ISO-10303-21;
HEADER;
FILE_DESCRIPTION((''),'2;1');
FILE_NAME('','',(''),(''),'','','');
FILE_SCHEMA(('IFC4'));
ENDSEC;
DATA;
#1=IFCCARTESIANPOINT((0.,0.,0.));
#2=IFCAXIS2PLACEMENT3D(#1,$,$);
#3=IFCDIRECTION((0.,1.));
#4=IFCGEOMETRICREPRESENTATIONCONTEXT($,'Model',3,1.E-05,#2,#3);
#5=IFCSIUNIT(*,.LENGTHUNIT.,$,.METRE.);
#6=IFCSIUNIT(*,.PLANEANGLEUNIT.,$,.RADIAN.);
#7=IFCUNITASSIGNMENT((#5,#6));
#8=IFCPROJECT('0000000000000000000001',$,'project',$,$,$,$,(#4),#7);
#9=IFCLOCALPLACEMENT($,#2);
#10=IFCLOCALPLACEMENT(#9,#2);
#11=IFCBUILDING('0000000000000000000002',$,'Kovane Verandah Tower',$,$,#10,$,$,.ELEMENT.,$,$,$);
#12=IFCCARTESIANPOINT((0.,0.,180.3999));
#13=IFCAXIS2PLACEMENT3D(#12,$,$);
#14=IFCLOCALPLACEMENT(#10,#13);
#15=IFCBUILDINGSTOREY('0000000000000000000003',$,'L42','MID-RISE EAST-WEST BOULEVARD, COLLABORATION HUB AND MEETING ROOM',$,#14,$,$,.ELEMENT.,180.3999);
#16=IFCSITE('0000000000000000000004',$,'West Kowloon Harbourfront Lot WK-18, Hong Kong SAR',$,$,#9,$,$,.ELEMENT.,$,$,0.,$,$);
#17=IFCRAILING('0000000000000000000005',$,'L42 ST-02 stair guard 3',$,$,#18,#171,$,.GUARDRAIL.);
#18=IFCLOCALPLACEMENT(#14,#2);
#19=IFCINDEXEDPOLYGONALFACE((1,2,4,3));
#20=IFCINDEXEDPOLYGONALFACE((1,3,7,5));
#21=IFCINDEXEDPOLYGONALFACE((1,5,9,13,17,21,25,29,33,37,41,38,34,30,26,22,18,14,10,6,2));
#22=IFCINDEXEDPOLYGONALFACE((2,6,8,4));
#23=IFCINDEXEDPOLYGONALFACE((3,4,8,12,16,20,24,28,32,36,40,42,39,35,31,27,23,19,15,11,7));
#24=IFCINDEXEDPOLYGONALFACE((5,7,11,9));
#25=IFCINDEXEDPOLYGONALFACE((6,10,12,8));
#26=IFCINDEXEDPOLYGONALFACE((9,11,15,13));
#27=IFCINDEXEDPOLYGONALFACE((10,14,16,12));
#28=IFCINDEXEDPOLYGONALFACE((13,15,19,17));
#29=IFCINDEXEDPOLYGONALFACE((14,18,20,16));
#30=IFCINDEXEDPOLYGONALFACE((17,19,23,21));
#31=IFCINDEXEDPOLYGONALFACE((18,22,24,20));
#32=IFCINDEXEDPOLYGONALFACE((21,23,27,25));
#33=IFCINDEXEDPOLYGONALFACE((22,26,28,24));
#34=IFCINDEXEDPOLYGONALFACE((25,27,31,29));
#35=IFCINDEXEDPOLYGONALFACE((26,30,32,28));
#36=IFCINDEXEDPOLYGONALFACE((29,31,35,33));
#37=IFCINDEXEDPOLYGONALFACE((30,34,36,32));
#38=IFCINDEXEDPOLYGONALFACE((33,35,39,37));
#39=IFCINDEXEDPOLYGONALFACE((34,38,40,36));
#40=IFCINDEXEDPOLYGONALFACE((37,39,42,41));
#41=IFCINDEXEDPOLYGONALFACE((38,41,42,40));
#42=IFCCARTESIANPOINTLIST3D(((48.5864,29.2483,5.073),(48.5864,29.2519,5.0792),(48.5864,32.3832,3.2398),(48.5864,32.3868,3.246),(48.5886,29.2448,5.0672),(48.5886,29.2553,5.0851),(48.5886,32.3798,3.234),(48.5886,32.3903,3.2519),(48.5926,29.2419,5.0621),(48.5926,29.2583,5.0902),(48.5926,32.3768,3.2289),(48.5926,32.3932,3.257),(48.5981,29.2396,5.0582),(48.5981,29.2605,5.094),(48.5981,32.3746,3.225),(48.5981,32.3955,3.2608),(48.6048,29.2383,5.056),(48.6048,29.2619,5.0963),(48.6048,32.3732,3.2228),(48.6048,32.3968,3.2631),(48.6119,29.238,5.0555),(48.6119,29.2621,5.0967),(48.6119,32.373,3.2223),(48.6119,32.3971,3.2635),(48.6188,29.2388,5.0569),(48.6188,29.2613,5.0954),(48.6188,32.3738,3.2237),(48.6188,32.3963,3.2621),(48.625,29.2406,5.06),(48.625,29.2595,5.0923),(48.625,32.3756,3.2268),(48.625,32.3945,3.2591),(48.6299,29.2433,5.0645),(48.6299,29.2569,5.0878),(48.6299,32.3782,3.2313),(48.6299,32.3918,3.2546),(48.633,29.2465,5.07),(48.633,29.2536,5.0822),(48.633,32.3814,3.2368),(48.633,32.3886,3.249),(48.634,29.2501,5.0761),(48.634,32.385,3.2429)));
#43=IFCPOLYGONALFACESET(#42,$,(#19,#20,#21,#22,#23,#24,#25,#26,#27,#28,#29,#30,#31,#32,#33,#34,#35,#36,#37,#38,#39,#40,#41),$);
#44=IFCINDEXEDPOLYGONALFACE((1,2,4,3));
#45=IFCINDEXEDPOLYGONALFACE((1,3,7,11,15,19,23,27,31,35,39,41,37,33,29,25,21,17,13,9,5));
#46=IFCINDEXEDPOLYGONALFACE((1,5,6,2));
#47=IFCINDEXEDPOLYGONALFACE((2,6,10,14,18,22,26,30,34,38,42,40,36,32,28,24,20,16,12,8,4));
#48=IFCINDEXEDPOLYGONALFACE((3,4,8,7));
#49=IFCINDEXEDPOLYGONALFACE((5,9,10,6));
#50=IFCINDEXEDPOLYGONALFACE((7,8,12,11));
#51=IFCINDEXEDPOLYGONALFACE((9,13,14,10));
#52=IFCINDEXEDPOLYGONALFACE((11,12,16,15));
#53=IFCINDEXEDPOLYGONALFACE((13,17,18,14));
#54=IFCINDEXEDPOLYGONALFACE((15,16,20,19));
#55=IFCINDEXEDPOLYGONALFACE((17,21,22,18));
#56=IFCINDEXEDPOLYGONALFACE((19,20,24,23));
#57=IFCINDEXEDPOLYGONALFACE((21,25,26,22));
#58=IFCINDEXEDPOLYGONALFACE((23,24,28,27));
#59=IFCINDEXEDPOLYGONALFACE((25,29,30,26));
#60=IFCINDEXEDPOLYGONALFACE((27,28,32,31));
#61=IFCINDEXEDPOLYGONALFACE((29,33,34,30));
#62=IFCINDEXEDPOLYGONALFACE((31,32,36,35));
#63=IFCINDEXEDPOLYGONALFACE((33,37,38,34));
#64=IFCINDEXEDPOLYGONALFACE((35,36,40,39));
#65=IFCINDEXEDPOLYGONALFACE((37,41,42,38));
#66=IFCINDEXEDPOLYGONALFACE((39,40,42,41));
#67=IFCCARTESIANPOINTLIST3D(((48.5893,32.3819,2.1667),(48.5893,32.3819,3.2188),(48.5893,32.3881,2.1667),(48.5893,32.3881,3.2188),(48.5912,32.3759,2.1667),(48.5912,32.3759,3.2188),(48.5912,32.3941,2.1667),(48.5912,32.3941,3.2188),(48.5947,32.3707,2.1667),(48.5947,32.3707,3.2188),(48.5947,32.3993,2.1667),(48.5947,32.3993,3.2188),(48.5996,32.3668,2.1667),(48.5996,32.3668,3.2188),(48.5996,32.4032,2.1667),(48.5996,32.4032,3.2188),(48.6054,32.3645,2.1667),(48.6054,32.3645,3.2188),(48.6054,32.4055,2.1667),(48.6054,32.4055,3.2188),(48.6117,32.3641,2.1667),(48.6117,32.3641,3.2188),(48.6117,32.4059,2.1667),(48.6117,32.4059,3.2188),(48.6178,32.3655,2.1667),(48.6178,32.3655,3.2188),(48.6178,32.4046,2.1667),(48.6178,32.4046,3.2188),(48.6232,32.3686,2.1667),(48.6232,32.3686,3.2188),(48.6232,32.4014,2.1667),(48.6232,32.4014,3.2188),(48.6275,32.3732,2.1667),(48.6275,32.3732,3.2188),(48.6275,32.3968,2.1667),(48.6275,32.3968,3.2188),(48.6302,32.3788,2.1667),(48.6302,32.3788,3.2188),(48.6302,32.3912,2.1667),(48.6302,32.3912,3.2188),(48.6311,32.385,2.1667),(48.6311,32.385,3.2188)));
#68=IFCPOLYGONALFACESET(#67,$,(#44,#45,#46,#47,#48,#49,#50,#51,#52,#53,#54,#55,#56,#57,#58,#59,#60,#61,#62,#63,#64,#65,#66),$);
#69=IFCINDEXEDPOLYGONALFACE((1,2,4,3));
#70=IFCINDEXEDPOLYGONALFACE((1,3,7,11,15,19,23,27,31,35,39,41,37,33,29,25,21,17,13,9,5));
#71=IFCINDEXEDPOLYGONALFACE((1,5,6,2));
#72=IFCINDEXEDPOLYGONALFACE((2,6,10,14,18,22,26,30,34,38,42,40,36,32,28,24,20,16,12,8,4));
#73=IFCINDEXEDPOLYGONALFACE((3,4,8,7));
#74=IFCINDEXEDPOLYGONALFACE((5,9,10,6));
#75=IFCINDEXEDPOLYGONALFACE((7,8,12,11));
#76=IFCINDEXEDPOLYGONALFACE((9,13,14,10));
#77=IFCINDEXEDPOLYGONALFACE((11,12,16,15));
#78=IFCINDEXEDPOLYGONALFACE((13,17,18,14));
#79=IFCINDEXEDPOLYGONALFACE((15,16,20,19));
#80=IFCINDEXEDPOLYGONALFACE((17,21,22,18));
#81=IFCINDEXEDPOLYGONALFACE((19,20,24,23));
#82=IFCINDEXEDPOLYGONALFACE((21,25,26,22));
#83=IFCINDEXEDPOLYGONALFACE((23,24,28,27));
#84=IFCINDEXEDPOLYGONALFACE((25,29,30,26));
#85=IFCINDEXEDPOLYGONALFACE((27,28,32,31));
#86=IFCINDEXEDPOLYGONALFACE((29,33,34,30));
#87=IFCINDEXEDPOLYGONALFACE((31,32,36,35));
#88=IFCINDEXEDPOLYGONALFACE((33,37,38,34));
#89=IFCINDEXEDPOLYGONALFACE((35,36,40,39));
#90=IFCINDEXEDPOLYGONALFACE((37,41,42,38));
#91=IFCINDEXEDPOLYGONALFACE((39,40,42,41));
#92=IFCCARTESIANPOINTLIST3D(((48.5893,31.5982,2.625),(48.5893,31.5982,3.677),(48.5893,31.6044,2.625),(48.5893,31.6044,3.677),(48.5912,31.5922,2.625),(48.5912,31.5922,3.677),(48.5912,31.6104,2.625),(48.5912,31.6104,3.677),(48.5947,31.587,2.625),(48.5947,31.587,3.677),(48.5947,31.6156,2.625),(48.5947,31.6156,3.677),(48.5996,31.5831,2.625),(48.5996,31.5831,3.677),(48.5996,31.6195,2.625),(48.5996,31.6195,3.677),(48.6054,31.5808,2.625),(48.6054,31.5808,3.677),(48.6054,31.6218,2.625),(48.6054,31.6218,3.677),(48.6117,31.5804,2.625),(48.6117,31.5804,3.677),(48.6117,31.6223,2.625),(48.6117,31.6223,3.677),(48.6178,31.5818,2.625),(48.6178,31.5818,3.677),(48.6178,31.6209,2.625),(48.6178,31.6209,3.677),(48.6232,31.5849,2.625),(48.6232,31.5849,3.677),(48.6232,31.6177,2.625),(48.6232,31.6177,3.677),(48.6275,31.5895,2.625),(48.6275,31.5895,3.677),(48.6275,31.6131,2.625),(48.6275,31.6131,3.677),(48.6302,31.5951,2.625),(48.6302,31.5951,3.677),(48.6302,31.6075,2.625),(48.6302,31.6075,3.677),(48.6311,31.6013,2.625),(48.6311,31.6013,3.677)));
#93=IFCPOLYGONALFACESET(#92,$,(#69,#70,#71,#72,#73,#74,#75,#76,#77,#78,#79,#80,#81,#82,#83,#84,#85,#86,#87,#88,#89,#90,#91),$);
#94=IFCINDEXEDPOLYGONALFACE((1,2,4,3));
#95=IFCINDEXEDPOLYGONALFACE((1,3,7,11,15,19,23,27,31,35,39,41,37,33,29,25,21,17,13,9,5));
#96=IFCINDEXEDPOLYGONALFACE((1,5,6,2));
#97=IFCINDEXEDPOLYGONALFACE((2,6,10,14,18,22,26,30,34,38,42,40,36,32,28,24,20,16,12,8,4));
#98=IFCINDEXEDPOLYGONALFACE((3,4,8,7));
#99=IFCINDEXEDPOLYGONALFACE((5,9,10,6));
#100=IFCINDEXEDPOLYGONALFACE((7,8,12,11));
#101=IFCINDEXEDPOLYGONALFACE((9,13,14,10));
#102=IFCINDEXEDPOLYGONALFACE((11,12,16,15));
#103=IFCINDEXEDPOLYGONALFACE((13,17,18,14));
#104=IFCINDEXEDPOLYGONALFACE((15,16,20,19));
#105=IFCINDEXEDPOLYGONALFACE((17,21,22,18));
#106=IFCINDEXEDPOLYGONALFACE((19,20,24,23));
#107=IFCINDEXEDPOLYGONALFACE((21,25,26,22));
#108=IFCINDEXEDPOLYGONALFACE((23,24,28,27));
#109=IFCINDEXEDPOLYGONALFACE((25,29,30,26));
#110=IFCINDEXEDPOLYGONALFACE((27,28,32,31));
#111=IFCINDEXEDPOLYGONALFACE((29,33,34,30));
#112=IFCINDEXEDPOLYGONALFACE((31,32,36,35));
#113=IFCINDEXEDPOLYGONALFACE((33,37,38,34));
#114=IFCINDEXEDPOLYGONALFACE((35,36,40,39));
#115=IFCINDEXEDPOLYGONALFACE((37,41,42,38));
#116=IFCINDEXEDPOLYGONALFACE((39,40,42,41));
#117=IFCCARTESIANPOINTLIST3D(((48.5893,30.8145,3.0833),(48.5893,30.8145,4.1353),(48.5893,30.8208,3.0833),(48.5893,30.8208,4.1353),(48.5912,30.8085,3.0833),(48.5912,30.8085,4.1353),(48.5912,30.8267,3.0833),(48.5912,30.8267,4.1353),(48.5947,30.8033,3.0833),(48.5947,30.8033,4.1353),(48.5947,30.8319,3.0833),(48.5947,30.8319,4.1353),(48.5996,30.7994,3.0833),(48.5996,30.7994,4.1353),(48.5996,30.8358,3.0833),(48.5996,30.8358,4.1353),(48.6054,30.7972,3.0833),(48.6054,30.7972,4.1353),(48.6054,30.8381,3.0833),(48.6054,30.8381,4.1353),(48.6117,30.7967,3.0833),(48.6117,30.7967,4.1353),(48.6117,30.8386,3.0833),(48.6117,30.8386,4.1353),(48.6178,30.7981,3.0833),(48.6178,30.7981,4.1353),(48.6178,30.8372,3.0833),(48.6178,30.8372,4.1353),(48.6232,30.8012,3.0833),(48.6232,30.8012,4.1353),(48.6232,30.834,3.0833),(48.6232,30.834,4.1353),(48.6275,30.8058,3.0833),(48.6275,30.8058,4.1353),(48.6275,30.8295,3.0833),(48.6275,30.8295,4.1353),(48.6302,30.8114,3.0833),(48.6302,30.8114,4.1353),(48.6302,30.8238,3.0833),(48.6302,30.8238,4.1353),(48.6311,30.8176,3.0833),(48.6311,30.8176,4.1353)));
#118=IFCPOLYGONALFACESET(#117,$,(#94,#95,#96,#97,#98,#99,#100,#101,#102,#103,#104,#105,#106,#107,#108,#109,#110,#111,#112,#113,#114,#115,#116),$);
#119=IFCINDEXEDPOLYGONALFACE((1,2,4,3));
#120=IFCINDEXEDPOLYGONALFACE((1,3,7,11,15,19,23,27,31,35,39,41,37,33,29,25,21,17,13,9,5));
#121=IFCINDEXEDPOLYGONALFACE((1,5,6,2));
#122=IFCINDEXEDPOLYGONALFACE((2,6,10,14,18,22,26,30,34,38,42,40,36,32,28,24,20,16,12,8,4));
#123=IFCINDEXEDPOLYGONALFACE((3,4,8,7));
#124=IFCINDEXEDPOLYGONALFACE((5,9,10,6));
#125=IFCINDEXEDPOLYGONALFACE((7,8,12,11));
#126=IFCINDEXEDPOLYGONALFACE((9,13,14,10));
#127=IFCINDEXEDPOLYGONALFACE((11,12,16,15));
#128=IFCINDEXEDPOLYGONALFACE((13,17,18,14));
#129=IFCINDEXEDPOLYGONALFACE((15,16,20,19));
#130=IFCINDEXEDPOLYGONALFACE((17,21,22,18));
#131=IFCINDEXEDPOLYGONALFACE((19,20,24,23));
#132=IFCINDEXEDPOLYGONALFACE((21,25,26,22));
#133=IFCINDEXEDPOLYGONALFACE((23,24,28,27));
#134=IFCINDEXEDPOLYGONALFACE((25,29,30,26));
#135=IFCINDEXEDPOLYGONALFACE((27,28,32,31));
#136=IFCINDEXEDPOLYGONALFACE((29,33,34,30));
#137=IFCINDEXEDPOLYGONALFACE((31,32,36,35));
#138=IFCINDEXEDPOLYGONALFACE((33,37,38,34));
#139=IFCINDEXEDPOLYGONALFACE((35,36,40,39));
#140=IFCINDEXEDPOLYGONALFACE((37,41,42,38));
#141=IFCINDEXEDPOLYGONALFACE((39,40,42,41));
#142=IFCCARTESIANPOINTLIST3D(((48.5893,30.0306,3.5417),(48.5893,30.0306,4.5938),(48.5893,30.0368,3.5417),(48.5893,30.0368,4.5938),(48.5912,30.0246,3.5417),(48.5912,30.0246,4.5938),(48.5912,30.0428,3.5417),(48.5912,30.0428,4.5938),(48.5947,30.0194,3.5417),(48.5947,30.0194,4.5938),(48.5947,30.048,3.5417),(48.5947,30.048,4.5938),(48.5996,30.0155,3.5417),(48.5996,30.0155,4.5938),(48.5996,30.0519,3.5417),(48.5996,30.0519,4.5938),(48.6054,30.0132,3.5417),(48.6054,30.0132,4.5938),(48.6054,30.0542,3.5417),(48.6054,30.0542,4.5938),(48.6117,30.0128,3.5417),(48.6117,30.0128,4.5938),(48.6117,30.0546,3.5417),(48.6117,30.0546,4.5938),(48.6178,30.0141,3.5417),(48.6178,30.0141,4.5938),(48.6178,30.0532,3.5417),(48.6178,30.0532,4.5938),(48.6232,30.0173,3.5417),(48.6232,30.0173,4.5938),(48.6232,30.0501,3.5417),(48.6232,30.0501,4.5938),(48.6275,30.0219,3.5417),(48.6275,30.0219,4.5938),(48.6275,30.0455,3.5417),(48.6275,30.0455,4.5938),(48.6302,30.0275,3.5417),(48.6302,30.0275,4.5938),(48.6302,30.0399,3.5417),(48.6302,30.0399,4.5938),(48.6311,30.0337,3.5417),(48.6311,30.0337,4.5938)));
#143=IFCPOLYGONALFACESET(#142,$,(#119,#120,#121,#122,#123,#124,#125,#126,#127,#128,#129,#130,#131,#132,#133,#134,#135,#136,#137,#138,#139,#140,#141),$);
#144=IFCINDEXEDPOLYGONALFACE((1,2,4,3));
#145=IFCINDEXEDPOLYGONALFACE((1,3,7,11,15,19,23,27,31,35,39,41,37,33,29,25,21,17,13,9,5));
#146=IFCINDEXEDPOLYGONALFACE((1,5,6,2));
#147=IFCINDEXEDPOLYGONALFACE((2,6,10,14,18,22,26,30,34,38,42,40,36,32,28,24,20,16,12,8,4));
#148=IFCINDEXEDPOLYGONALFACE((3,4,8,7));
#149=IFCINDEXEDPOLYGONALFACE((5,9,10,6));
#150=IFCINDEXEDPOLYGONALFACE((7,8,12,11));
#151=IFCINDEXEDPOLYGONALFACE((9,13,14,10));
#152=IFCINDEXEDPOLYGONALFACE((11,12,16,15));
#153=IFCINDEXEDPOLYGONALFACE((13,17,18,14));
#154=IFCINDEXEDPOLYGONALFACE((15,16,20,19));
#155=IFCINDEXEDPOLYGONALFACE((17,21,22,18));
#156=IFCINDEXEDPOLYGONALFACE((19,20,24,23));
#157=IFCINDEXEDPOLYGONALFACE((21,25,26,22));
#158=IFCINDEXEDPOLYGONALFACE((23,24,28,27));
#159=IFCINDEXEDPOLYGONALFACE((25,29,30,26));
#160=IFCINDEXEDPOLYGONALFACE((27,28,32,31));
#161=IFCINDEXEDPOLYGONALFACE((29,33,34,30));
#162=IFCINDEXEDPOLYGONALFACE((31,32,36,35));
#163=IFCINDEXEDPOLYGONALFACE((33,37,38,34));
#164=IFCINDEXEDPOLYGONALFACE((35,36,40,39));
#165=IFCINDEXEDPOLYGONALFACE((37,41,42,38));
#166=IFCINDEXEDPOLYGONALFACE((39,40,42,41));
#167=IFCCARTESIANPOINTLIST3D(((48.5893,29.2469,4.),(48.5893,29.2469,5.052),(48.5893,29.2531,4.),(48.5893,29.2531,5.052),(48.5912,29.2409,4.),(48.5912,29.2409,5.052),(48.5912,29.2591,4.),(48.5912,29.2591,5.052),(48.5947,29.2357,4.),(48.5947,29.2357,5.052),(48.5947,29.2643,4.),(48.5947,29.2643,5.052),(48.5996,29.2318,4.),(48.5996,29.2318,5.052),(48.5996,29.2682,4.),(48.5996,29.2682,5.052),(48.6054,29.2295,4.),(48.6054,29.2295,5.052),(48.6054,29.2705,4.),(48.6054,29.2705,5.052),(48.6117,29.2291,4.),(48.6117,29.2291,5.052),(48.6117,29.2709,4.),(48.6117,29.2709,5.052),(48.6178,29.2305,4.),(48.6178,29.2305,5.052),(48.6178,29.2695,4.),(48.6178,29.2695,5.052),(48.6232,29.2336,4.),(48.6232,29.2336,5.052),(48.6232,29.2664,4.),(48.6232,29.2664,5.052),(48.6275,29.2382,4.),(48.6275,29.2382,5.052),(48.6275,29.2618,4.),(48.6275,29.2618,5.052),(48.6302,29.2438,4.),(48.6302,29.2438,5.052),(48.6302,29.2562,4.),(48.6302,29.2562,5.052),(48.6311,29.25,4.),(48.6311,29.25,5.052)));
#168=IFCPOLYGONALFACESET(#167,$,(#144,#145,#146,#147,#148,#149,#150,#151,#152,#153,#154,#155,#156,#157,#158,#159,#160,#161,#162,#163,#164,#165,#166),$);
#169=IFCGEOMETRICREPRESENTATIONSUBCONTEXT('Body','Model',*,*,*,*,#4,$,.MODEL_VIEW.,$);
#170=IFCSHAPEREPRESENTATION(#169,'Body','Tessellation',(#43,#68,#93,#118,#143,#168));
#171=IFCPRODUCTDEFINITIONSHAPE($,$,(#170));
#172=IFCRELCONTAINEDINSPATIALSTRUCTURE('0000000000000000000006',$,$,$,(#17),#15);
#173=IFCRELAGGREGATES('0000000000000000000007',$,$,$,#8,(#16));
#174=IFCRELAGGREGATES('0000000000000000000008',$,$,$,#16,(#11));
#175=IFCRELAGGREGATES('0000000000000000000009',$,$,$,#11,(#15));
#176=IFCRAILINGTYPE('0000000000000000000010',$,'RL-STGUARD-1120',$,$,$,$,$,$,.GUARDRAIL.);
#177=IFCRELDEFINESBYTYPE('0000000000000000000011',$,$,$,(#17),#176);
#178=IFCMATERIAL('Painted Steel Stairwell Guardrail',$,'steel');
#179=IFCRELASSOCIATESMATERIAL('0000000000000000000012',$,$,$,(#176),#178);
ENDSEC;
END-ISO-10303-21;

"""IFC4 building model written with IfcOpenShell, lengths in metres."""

from ifc_helpers import new_model, si_unit, direction, frame, origin, origin_2d, place, context, subcontext, project, spatial, circle, extrude, material, type_object, element, save


model = new_model("IFC4")

# Units and contexts
model_context = context("Model", 3, precision=1e-05, world=origin(), true_north=direction((0.0, 1.0)))
body_context = subcontext(model_context, "Body", "Model", "MODEL_VIEW")
ifc_project = project(units=[si_unit("LENGTHUNIT", "METRE"), si_unit("PLANEANGLEUNIT", "RADIAN")], contexts=[model_context])

# Site, building, storey
site_placement = place(None, origin())
site = spatial("IfcSite", under=ifc_project, at=site_placement, Name="West Kowloon Harbourfront Lot WK-18, Hong Kong SAR", CompositionType="ELEMENT", RefElevation=0.0)
building_placement = place(site_placement, origin())
building = spatial("IfcBuilding", under=site, at=building_placement, Name="Kovane Verandah Tower", CompositionType="ELEMENT")
storey_placement = place(building_placement, frame((0.0, 0.0, 180.3999)))
storey = spatial("IfcBuildingStorey", under=building, at=storey_placement, Name="L42", Description="MID-RISE EAST-WEST BOULEVARD, COLLABORATION HUB AND MEETING ROOM", CompositionType="ELEMENT", Elevation=180.3999)

# Railing
ifc_material_1 = material(Name="Painted Steel Stairwell Guardrail", Category="steel")
railing_type_1 = type_object("IfcRailingType", Name="RL-STGUARD-1120", PredefinedType="GUARDRAIL", material=ifc_material_1)
railing_1_placement = place(storey_placement, frame((48.6101, 32.385, 2.1667)))
element("IfcRailing", 1, at=railing_1_placement, inside=storey, type_object=railing_type_1, Name="L42 ST-02 stair guard 3", PredefinedType="GUARDRAIL", context=body_context, shape_type="SweptSolid", body=[
    extrude(circle(Radius=0.0239, at=origin_2d()), frame((0.0, 0.0, 1.0762), z_axis=(0.0, -0.86324, 0.504794), x_axis=(1.0, 0.0, 0.0)), (0.0, 0.0, 1.0), 3.6316),
    extrude(circle(Radius=0.021, at=origin_2d()), origin(), (0.0, 0.0, 1.0), 1.052),
    extrude(circle(Radius=0.021, at=origin_2d()), frame((0.0, -0.7837, 0.4583)), (0.0, 0.0, 1.0), 1.052),
    extrude(circle(Radius=0.021, at=origin_2d()), frame((0.0, -1.5674, 0.9165)), (0.0, 0.0, 1.0), 1.052),
    extrude(circle(Radius=0.021, at=origin_2d()), frame((0.0, -2.3513, 1.375)), (0.0, 0.0, 1.0), 1.052),
    extrude(circle(Radius=0.021, at=origin_2d()), frame((0.0, -3.135, 1.8333)), (0.0, 0.0, 1.0), 1.052),
])

save(model, "model.ifc")
